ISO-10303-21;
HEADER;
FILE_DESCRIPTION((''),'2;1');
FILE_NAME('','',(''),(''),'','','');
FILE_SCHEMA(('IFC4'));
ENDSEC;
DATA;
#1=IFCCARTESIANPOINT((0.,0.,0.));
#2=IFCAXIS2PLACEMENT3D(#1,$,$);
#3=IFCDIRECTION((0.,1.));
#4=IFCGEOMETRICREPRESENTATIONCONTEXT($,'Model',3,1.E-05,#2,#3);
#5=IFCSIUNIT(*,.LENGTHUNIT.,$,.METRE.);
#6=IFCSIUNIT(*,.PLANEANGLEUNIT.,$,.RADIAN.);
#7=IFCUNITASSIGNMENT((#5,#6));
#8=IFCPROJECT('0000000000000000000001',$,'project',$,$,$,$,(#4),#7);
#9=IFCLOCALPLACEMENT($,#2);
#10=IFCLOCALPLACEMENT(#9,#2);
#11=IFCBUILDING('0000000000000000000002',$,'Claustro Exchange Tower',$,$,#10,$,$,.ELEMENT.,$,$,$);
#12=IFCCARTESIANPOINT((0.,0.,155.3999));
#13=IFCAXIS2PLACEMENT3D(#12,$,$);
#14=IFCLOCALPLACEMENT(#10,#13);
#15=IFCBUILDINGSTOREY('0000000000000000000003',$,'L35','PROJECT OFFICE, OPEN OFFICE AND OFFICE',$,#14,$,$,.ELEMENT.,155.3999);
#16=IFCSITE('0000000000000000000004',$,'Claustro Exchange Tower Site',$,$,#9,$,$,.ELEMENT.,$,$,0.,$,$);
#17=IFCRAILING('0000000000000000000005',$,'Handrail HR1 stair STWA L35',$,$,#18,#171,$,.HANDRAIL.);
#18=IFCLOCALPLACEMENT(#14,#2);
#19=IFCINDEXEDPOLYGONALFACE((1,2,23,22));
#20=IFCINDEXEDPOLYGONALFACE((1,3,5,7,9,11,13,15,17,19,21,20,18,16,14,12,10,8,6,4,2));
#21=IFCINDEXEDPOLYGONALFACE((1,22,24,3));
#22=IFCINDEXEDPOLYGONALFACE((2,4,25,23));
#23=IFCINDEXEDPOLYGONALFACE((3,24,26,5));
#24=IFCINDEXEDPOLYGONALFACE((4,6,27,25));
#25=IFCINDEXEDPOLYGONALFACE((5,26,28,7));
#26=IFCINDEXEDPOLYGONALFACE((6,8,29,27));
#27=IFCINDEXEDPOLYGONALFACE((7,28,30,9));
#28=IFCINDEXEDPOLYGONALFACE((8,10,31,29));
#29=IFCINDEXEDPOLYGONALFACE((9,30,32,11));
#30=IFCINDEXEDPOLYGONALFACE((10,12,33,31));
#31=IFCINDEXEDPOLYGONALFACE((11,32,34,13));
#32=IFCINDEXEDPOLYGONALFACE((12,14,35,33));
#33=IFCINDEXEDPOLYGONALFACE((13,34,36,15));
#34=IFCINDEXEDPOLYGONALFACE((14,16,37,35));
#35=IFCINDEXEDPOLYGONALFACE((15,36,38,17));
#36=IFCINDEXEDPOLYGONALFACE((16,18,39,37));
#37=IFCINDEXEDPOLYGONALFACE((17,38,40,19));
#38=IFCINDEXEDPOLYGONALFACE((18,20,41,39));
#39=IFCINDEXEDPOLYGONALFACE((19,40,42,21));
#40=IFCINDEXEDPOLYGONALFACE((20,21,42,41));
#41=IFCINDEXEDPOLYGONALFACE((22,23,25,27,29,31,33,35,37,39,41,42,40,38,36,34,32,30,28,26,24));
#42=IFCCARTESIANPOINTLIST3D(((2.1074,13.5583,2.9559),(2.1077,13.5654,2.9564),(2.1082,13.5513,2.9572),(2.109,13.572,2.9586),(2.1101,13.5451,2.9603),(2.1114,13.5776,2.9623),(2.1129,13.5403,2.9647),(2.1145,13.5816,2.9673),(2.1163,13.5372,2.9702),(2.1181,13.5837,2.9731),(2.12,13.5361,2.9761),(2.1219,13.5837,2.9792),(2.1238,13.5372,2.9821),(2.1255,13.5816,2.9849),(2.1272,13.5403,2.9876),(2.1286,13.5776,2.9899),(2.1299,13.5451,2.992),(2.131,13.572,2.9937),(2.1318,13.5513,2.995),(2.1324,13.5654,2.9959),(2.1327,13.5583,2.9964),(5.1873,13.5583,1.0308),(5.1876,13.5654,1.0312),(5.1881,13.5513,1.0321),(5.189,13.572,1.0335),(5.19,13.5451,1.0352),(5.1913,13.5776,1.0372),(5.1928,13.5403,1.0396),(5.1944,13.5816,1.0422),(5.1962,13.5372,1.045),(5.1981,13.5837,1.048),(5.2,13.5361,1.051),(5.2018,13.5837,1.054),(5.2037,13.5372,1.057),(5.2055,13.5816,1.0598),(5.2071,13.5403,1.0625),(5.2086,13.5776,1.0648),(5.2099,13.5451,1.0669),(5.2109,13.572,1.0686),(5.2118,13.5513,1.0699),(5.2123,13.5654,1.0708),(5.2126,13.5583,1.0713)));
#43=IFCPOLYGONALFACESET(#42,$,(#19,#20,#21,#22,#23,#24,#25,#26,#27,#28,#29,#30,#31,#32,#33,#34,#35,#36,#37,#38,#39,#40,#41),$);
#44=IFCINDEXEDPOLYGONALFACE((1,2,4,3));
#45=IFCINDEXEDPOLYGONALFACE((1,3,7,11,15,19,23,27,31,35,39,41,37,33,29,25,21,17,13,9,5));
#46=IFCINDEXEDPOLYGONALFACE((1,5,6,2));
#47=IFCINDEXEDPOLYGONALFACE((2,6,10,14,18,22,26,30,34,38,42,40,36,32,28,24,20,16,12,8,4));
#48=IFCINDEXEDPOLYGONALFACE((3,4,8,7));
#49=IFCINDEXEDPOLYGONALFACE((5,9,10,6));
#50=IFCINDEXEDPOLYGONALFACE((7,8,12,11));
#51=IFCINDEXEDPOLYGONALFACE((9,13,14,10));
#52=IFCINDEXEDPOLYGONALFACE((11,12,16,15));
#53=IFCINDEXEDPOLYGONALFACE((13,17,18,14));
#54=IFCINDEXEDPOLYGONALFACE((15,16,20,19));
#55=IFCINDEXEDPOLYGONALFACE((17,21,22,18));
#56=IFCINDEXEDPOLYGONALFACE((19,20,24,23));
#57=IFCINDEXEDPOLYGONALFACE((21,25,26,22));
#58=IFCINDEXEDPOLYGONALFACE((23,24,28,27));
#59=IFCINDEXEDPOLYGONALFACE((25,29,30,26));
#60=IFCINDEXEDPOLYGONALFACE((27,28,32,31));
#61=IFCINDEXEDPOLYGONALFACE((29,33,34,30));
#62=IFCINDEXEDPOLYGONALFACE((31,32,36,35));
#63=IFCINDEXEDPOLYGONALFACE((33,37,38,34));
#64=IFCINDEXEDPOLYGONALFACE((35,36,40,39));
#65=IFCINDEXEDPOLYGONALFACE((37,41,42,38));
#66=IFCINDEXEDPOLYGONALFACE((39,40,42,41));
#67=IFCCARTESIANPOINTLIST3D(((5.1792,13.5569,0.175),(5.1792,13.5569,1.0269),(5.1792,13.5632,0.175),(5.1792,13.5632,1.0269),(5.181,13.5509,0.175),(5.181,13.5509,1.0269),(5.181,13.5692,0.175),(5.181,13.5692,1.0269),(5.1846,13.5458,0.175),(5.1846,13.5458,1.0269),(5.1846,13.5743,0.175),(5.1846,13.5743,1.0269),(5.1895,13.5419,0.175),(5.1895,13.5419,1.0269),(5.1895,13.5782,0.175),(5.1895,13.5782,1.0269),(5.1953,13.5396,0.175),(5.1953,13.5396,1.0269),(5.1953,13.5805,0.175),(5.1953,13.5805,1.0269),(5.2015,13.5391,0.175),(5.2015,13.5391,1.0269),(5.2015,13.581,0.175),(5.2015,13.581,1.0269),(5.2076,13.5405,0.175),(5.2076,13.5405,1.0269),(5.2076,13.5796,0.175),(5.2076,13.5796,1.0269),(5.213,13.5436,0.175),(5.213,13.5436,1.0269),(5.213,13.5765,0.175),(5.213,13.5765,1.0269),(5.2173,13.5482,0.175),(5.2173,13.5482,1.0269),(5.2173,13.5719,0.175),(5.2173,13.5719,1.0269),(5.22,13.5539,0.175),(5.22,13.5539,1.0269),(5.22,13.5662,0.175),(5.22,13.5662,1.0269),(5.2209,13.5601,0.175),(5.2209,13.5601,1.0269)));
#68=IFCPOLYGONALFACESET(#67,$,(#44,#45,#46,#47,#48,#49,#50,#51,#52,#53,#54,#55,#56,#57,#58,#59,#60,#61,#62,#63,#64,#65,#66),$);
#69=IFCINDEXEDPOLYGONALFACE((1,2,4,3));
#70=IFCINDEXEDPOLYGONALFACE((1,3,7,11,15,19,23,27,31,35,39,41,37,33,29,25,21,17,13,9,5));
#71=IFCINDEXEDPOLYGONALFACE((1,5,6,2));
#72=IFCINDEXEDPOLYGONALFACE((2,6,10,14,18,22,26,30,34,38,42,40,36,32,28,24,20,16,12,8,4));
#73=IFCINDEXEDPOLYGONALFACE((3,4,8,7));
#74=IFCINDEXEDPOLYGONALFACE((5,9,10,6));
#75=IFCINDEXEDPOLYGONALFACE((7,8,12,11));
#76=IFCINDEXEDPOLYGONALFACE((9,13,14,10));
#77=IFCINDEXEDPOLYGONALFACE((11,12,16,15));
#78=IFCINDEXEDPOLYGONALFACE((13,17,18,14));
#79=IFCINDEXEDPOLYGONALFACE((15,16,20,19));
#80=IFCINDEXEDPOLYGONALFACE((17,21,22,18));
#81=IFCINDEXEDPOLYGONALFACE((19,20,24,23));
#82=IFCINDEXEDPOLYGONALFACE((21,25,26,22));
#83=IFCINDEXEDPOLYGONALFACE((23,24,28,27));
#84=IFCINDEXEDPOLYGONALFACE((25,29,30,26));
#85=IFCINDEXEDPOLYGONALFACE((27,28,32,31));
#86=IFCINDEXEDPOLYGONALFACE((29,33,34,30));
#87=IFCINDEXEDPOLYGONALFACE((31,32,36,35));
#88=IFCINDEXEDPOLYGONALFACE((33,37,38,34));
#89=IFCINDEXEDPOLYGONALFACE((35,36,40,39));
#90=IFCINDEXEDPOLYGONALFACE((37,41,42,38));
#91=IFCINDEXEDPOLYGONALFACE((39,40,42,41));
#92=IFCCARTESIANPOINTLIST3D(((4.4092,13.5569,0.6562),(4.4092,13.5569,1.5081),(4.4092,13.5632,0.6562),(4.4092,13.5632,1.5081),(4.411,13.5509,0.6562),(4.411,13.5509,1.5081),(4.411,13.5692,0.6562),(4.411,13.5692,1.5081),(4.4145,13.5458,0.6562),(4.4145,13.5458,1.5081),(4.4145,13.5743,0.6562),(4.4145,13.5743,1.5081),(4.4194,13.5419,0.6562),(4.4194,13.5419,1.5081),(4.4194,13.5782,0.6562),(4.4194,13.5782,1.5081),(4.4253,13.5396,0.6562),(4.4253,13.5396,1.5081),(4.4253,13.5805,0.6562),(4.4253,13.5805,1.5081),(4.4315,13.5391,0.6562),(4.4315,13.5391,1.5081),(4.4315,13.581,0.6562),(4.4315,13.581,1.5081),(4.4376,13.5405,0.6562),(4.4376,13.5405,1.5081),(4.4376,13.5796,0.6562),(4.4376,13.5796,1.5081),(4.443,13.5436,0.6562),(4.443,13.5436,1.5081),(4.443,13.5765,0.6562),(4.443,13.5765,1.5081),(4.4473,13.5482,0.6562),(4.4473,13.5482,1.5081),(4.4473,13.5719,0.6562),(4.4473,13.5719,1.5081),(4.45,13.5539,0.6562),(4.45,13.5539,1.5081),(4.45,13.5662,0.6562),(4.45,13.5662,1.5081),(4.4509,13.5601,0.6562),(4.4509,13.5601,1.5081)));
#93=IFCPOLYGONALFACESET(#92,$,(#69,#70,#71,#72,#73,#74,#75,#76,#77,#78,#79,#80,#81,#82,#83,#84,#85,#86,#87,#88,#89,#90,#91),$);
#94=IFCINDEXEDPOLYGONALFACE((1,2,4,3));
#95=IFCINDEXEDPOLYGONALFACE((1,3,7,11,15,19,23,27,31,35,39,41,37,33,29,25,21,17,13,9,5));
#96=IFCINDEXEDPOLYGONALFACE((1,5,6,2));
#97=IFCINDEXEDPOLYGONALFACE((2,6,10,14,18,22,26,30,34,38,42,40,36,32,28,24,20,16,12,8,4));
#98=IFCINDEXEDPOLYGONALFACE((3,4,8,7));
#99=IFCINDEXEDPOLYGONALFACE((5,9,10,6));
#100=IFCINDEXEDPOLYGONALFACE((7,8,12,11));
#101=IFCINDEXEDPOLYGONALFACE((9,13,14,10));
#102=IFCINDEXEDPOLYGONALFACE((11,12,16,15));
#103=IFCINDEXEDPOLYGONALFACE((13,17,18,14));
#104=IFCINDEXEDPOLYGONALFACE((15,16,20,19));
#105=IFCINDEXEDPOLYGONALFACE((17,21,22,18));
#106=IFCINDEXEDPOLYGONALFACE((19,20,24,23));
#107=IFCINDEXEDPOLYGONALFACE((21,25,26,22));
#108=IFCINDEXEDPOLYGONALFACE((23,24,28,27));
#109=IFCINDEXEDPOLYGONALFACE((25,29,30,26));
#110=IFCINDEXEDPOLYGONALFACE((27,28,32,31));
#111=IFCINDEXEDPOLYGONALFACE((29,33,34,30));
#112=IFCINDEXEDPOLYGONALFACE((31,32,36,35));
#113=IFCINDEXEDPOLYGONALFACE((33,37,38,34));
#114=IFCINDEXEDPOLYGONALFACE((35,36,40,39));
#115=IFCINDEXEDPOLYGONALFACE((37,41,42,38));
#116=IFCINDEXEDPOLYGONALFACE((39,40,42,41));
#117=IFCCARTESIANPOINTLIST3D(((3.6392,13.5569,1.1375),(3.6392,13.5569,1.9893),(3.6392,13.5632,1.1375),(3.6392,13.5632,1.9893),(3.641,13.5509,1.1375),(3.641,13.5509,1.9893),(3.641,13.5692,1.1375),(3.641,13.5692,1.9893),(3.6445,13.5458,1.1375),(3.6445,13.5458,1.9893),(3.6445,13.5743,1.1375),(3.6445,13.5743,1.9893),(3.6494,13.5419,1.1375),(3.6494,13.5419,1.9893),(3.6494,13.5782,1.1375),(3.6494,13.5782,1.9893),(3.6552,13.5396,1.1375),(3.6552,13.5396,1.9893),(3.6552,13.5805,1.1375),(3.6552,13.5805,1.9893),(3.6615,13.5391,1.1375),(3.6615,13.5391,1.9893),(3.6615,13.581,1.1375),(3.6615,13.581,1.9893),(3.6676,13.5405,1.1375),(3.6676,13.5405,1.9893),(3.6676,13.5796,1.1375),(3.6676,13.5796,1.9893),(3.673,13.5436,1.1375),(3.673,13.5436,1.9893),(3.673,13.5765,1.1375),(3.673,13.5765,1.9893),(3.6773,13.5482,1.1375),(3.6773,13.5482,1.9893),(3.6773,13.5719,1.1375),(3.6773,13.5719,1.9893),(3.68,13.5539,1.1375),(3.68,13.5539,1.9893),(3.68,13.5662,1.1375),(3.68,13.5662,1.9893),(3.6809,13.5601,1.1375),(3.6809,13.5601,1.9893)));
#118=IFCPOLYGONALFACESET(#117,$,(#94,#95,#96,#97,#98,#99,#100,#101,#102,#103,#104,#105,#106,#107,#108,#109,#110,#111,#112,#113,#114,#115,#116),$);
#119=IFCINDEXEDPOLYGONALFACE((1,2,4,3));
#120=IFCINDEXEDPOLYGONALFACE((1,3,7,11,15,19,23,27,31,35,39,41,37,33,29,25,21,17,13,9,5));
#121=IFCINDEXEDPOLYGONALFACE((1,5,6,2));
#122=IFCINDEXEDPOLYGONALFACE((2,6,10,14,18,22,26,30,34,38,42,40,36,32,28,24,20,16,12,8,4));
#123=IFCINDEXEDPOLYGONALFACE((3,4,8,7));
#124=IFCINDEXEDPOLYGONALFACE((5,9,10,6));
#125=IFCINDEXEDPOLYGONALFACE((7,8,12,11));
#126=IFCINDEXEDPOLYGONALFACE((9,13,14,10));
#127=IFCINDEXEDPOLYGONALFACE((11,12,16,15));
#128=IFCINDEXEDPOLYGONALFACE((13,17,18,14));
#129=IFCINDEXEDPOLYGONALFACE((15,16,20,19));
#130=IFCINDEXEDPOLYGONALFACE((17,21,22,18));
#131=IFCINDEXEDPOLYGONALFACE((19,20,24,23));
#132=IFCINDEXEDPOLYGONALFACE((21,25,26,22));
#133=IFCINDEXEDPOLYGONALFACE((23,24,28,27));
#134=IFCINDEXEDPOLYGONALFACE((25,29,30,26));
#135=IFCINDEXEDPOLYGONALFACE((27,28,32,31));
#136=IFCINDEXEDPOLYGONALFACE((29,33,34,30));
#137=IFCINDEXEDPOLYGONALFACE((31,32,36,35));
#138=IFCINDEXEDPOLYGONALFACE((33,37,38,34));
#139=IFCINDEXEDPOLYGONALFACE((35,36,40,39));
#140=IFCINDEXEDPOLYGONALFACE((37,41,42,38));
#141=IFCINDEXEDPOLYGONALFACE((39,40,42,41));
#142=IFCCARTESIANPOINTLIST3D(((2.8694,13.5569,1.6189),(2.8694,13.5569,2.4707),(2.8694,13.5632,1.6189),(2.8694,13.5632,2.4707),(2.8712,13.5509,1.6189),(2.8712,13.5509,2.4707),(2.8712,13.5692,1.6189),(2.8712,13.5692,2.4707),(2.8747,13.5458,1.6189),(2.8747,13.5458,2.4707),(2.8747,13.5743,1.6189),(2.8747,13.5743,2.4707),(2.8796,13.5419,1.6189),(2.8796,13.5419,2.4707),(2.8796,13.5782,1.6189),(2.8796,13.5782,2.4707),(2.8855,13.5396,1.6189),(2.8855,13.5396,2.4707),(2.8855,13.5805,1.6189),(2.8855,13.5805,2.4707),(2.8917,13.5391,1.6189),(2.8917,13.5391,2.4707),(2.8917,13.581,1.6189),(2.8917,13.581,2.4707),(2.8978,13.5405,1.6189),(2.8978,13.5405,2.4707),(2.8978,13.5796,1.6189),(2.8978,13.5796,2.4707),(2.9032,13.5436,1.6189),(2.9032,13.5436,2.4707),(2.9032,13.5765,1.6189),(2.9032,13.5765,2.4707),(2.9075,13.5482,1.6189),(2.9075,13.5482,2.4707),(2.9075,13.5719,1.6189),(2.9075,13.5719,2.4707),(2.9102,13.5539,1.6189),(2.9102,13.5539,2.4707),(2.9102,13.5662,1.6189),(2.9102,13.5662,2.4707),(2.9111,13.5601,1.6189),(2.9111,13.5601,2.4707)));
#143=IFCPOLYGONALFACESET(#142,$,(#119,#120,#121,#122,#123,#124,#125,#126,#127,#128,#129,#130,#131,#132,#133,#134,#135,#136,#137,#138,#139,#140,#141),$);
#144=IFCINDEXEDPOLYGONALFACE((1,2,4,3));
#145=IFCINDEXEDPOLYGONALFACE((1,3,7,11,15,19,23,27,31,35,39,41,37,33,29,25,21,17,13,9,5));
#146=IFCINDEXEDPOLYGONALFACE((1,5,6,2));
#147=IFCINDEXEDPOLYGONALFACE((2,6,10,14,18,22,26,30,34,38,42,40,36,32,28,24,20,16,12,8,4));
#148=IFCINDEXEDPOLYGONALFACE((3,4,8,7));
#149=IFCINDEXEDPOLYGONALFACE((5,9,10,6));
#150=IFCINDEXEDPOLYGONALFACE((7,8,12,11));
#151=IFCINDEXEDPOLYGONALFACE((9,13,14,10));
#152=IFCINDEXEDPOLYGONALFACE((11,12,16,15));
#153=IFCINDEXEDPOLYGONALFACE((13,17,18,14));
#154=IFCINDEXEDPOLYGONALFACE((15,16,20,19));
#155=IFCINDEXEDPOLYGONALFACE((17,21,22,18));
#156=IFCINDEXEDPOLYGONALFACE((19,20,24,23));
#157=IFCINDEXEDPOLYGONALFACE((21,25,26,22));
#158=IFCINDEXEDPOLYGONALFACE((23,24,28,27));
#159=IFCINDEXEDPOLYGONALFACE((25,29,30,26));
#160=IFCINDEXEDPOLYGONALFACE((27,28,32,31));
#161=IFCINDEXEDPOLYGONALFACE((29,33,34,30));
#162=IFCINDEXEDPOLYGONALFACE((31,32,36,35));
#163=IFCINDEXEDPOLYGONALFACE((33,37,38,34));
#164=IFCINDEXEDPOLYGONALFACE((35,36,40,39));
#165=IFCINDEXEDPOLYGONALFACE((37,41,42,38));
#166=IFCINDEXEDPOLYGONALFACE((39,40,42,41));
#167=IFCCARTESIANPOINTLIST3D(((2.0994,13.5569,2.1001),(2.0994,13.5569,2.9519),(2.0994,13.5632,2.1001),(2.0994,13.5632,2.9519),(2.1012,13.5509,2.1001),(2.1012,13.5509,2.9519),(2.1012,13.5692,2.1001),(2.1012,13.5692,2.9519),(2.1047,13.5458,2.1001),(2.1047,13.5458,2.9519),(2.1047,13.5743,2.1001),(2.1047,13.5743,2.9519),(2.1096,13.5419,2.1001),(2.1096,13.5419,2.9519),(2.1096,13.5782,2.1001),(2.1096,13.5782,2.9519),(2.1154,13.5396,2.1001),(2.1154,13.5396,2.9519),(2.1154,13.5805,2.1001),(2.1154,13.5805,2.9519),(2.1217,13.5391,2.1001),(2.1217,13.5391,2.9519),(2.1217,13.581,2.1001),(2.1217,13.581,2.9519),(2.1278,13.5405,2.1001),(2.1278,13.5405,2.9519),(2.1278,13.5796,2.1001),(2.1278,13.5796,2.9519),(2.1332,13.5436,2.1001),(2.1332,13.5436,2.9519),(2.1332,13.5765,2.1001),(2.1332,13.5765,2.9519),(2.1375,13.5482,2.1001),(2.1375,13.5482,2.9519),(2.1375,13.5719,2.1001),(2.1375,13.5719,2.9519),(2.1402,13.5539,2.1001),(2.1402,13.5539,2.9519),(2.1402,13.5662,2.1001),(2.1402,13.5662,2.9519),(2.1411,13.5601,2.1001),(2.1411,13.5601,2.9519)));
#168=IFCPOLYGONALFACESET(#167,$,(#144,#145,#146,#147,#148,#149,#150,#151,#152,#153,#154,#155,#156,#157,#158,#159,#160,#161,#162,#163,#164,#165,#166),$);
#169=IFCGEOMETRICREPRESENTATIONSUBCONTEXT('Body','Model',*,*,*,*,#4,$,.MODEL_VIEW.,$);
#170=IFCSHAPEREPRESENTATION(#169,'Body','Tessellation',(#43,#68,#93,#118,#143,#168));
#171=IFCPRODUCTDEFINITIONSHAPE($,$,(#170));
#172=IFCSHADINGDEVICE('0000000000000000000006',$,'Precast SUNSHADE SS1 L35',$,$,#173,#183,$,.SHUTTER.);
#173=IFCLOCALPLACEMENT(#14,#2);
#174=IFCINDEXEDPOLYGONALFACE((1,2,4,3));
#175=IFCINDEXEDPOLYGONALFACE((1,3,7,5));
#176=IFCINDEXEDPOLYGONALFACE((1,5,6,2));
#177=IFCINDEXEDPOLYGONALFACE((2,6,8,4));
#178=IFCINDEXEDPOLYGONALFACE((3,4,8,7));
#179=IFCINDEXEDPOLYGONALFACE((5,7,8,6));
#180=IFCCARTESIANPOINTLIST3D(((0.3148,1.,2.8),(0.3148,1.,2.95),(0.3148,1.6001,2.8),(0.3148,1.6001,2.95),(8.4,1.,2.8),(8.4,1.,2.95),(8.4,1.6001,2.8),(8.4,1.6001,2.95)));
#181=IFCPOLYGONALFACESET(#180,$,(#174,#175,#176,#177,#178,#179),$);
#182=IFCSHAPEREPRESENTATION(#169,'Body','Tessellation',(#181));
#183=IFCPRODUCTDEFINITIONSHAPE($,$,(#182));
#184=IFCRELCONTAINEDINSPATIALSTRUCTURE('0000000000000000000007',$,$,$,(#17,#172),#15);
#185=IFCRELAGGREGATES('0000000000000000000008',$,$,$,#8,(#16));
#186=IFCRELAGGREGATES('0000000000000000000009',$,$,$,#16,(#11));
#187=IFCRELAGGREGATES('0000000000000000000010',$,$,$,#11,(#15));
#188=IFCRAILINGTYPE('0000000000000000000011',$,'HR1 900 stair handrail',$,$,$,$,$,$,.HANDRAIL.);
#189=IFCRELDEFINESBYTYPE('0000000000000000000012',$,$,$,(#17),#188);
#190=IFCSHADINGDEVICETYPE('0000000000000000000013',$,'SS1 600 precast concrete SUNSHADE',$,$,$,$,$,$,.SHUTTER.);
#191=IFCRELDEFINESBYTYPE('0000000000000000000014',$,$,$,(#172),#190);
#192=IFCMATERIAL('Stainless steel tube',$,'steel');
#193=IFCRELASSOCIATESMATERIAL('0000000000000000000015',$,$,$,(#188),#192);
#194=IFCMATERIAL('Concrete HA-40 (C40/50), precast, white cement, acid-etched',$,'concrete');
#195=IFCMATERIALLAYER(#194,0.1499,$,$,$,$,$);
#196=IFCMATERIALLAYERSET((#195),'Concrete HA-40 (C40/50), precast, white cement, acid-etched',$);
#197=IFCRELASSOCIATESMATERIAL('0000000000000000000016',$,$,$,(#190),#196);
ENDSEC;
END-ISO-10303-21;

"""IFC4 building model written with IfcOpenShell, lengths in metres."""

from ifc_helpers import new_model, si_unit, direction, frame, origin, origin_2d, place, context, subcontext, project, spatial, rectangle, circle, extrude, material, layer, layer_set, type_object, element, save


model = new_model("IFC4")

# Units and contexts
model_context = context("Model", 3, precision=1e-05, world=origin(), true_north=direction((0.0, 1.0)))
body_context = subcontext(model_context, "Body", "Model", "MODEL_VIEW")
ifc_project = project(units=[si_unit("LENGTHUNIT", "METRE"), si_unit("PLANEANGLEUNIT", "RADIAN")], contexts=[model_context])

# Site, building, storey
site_placement = place(None, origin())
site = spatial("IfcSite", under=ifc_project, at=site_placement, Name="Claustro Exchange Tower Site", CompositionType="ELEMENT", RefElevation=0.0)
building_placement = place(site_placement, origin())
building = spatial("IfcBuilding", under=site, at=building_placement, Name="Claustro Exchange Tower", CompositionType="ELEMENT")
storey_placement = place(building_placement, frame((0.0, 0.0, 155.3999)))
storey = spatial("IfcBuildingStorey", under=building, at=storey_placement, Name="L35", Description="PROJECT OFFICE, OPEN OFFICE AND OFFICE", CompositionType="ELEMENT", Elevation=155.3999)

# Railing
ifc_material_1 = material(Name="Stainless steel tube", Category="steel")
railing_type_1 = type_object("IfcRailingType", Name="HR1 900 stair handrail", PredefinedType="HANDRAIL", material=ifc_material_1)
railing_1_placement = place(storey_placement, frame((5.2, 13.5601, 0.175)))
element("IfcRailing", 1, at=railing_1_placement, inside=storey, type_object=railing_type_1, Name="Handrail HR1 stair STWA L35", PredefinedType="HANDRAIL", context=body_context, shape_type="SweptSolid", body=[
    extrude(circle(Radius=0.0239, at=origin_2d()), frame((0.0, 0.0, 0.876), z_axis=(-0.847979, 0.0, 0.530029), x_axis=(0.0, -1.0, 0.0)), (0.0, 0.0, 1.0), 3.6321),
    extrude(circle(Radius=0.021, at=origin_2d()), origin(), (0.0, 0.0, 1.0), 0.8518),
    extrude(circle(Radius=0.021, at=origin_2d()), frame((-0.77, 0.0, 0.4812)), (0.0, 0.0, 1.0), 0.8518),
    extrude(circle(Radius=0.021, at=origin_2d()), frame((-1.54, 0.0, 0.9624)), (0.0, 0.0, 1.0), 0.8518),
    extrude(circle(Radius=0.021, at=origin_2d()), frame((-2.3098, 0.0, 1.4438)), (0.0, 0.0, 1.0), 0.8518),
    extrude(circle(Radius=0.021, at=origin_2d()), frame((-3.0798, 0.0, 1.925)), (0.0, 0.0, 1.0), 0.8518),
])

# Shading device
ifc_material_2 = material(Name="Concrete HA-40 (C40/50), precast, white cement, acid-etched", Category="concrete")
ifc_layer_1 = layer(ifc_material_2, 0.1499)
ifc_layer_set_1 = layer_set([ifc_layer_1], Name="Concrete HA-40 (C40/50), precast, white cement, acid-etched")
shading_device_type = type_object("IfcShadingDeviceType", Name="SS1 600 precast concrete SUNSHADE", PredefinedType="SHUTTER", material=ifc_layer_set_1)
shading_device_placement = place(storey_placement, frame((4.3574, 1.3, 2.8), z_axis=(0.0, 0.0, 1.0), x_axis=(-1.0, 0.0, 0.0)))
element("IfcShadingDevice", 2, at=shading_device_placement, inside=storey, type_object=shading_device_type, Name="Precast SUNSHADE SS1 L35", PredefinedType="SHUTTER", context=body_context, shape_type="SweptSolid", body=[
    extrude(rectangle(XDim=8.0852, YDim=0.6001, at=origin_2d()), origin(), (0.0, 0.0, 1.0), 0.1499),
])

save(model, "model.ifc")
